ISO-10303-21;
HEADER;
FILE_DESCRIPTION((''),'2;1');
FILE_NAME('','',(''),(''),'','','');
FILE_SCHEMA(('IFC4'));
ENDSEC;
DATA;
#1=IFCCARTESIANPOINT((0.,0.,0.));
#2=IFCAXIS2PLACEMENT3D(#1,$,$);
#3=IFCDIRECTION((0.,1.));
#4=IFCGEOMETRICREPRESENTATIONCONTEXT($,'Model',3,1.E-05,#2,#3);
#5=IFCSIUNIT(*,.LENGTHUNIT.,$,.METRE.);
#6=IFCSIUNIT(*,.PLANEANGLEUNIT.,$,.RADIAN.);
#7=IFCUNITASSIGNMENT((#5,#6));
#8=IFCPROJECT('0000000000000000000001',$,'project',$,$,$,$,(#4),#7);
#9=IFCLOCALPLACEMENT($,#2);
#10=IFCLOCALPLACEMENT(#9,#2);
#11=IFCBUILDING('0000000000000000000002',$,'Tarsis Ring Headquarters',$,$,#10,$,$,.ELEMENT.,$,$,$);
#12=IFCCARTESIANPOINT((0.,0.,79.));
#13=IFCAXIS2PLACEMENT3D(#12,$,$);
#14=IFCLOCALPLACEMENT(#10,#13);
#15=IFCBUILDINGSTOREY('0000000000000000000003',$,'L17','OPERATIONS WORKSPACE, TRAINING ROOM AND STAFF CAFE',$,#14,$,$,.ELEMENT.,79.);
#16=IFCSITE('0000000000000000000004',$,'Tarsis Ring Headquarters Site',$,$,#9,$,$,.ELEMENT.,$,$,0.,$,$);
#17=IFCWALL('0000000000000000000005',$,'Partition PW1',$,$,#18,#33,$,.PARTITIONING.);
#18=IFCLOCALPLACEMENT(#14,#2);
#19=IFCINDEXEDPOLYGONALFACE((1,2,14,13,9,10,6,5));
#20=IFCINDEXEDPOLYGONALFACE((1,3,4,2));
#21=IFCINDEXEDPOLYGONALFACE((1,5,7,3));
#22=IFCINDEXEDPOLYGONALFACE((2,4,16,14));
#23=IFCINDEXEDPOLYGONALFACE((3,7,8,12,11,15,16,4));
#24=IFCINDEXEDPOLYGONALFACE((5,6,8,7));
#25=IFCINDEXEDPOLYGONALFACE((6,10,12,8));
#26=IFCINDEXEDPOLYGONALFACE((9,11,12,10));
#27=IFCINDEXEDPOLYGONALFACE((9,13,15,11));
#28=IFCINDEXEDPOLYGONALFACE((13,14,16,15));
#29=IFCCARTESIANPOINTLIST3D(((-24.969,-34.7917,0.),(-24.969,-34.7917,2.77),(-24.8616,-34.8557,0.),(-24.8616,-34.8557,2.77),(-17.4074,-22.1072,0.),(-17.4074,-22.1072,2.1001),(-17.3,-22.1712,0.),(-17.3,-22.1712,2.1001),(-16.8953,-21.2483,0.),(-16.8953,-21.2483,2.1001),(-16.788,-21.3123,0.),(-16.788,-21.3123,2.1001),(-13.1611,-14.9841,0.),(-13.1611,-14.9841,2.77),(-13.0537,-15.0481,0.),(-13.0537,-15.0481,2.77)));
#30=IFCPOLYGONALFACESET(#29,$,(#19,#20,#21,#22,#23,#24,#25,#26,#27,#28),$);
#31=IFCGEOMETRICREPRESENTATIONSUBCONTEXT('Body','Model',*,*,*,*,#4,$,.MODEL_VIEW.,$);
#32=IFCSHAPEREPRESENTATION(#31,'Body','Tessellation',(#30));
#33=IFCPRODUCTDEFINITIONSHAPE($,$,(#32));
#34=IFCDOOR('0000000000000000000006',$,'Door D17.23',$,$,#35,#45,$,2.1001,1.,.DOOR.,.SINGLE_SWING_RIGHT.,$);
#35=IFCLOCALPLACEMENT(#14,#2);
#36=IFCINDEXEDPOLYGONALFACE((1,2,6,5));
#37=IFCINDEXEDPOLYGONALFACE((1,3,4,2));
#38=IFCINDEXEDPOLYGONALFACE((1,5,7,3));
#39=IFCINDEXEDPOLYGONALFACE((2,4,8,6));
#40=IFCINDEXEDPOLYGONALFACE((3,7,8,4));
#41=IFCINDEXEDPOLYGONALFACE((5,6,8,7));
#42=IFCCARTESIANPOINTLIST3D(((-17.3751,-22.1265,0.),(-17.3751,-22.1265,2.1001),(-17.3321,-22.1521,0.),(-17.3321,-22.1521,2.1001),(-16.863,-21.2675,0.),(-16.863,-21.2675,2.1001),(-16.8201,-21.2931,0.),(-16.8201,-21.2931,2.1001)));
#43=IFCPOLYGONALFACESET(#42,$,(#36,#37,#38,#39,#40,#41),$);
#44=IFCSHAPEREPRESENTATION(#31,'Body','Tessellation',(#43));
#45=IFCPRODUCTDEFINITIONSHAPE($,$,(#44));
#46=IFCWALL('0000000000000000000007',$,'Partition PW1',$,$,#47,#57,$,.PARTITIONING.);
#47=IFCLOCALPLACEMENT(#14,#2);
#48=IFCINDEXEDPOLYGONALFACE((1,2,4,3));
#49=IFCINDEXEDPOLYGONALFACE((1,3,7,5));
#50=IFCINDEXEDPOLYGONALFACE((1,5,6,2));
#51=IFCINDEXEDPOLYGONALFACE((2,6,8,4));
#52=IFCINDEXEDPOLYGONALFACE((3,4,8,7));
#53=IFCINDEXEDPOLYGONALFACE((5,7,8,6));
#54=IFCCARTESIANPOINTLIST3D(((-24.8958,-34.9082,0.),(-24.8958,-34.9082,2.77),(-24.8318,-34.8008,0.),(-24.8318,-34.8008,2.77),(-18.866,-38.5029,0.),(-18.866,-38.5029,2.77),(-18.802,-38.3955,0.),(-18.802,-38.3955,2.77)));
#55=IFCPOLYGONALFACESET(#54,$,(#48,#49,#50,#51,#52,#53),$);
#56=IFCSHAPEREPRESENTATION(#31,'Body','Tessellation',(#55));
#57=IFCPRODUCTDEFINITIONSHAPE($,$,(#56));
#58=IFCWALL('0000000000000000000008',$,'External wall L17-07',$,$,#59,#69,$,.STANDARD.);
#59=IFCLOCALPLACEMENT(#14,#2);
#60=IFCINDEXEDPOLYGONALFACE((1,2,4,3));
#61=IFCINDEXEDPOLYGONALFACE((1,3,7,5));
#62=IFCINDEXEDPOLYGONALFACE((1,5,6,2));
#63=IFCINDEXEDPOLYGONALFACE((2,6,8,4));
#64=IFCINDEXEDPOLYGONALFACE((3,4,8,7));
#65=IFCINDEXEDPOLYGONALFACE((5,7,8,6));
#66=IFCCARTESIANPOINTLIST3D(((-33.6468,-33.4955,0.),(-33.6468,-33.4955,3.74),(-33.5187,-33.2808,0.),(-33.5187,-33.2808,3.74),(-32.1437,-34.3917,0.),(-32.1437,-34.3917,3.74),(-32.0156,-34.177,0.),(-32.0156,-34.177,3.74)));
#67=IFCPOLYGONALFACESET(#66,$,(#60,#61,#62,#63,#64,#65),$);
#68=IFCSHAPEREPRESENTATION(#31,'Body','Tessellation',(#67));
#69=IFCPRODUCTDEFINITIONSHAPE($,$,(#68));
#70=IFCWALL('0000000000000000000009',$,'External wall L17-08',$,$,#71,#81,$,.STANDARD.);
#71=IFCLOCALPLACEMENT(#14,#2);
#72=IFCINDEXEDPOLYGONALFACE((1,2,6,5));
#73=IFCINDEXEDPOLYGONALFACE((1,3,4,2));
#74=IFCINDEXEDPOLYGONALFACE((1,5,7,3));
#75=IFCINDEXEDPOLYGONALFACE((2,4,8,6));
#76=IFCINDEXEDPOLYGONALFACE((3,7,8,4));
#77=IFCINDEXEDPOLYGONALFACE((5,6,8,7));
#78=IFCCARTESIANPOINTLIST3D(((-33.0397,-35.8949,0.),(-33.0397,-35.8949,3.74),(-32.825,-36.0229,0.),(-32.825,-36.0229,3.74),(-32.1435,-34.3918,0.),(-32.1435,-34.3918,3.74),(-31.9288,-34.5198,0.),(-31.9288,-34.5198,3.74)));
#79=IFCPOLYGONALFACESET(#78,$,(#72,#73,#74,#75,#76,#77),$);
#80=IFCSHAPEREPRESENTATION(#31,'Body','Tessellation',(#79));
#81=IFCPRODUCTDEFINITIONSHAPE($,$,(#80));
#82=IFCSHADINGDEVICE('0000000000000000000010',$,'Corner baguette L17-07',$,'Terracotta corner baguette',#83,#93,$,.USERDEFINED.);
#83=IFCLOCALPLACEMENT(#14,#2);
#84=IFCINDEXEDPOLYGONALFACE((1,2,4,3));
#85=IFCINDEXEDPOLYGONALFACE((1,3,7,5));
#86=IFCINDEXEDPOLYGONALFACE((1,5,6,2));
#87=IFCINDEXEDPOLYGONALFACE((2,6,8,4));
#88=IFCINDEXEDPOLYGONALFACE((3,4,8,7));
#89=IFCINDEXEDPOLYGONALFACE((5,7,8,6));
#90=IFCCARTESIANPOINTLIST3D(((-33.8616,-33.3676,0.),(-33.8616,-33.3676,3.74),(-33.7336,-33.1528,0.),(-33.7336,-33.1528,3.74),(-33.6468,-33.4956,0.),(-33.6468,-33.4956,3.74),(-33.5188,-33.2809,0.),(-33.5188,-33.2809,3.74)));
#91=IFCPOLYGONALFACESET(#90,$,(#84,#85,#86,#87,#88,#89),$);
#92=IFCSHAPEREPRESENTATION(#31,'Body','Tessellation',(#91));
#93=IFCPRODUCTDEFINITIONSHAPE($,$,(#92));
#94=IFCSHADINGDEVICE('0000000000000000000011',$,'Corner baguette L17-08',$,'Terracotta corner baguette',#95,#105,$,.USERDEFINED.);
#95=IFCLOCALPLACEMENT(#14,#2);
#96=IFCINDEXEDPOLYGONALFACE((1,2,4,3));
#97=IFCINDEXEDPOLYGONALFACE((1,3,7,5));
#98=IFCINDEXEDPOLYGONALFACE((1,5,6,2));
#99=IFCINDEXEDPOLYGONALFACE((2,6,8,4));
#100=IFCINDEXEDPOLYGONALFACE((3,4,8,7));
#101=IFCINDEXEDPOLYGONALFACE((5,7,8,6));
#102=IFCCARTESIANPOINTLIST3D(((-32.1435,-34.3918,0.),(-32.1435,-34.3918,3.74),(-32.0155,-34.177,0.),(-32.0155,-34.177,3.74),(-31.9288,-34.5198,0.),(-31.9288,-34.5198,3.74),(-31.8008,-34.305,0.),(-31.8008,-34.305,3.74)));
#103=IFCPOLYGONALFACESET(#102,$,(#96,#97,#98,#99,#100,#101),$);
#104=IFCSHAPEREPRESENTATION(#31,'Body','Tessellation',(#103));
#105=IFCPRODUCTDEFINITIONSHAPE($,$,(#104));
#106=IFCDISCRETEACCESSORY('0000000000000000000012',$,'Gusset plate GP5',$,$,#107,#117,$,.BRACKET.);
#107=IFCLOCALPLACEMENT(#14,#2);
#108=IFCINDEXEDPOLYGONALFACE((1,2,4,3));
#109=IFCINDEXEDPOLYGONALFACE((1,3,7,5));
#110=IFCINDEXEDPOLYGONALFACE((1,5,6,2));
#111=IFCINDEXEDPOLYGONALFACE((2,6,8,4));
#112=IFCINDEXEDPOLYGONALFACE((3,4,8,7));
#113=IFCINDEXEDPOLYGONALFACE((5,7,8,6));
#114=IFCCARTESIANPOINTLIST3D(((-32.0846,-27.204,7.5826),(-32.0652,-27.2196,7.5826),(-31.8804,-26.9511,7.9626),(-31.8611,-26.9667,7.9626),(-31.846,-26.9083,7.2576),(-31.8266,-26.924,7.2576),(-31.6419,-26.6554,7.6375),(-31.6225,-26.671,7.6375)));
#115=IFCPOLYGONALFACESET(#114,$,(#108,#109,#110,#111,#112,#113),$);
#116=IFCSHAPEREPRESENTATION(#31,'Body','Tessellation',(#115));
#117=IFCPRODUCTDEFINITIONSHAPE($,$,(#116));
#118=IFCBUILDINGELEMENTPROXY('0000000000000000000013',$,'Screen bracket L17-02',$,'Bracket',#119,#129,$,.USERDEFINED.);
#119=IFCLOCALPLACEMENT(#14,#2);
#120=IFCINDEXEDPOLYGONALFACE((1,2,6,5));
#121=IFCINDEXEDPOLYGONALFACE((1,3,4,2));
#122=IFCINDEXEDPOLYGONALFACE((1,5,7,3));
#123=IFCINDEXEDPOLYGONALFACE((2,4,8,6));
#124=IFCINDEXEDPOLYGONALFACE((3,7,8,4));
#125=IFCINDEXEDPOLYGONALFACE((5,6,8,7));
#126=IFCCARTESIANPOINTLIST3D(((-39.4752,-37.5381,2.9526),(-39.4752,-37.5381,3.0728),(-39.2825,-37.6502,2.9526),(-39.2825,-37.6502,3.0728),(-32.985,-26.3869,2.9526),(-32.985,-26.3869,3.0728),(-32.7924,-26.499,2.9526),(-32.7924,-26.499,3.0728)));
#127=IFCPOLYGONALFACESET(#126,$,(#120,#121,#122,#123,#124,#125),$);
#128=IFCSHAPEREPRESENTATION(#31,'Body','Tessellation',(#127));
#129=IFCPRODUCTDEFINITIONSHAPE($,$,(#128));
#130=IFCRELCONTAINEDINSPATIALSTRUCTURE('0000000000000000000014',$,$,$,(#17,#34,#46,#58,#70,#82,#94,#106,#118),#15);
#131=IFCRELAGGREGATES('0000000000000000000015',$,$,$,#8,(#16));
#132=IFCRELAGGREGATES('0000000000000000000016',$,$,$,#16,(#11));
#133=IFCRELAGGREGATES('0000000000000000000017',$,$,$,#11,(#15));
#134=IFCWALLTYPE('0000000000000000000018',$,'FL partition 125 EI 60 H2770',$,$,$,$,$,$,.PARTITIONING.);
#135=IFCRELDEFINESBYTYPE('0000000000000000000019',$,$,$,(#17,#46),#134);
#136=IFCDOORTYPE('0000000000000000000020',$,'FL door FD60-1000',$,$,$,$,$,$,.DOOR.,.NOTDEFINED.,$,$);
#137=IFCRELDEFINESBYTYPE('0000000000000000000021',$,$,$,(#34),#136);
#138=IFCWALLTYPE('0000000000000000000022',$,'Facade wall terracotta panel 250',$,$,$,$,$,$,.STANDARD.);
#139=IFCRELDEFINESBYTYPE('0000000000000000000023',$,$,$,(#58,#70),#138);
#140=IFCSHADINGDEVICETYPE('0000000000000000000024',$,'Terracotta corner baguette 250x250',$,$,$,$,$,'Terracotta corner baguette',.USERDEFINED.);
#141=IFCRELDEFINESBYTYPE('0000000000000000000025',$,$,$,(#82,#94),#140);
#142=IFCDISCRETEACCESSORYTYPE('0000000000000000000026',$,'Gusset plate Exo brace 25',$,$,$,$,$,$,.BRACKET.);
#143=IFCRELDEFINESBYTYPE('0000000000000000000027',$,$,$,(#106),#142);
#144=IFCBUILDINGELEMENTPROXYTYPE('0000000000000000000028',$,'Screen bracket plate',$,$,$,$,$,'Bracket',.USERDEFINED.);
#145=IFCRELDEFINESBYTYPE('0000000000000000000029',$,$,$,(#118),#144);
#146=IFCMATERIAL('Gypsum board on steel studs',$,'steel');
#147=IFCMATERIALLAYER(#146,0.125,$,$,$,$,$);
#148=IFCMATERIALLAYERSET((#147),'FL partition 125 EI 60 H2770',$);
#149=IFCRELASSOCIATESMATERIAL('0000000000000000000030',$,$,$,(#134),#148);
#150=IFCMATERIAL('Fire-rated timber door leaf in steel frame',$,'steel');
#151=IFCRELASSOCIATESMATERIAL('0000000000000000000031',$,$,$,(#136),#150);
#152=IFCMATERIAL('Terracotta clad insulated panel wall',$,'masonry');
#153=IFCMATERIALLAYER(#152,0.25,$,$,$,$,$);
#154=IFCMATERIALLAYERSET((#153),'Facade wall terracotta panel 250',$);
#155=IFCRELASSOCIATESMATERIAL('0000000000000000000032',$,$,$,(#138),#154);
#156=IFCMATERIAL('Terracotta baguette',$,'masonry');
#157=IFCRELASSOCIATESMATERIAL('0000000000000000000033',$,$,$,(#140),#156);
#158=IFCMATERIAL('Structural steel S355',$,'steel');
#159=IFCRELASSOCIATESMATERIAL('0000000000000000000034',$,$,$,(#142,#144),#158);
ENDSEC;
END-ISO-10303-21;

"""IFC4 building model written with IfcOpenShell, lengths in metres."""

from ifc_helpers import new_model, si_unit, direction, frame, frame_2d, origin, origin_2d, place, context, subcontext, project, spatial, rectangle, extrude, material, layer, layer_set, material_profile, profile_set, type_object, element, fill, save


model = new_model("IFC4")

# Units and contexts
model_context = context("Model", 3, precision=1e-05, world=origin(), true_north=direction((0.0, 1.0)))
body_context = subcontext(model_context, "Body", "Model", "MODEL_VIEW")
ifc_project = project(units=[si_unit("LENGTHUNIT", "METRE"), si_unit("PLANEANGLEUNIT", "RADIAN")], contexts=[model_context])

# Site, building, storey
site_placement = place(None, origin())
site = spatial("IfcSite", under=ifc_project, at=site_placement, Name="Tarsis Ring Headquarters Site", CompositionType="ELEMENT", RefElevation=0.0)
building_placement = place(site_placement, origin())
building = spatial("IfcBuilding", under=site, at=building_placement, Name="Tarsis Ring Headquarters", CompositionType="ELEMENT")
storey_placement = place(building_placement, frame((0.0, 0.0, 79.0)))
storey = spatial("IfcBuildingStorey", under=building, at=storey_placement, Name="L17", Description="OPERATIONS WORKSPACE, TRAINING ROOM AND STAFF CAFE", CompositionType="ELEMENT", Elevation=79.0)

# Shared definitions
ifc_material_1 = material(Name="Structural steel S355", Category="steel")

# Shared definitions
ifc_material_2 = material(Name="Gypsum board on steel studs", Category="steel")

# Wall, opening, door
ifc_layer_1 = layer(ifc_material_2, 0.125)
ifc_layer_set_1 = layer_set([ifc_layer_1], Name="FL partition 125 EI 60 H2770")
wall_type_1 = type_object("IfcWallType", Name="FL partition 125 EI 60 H2770", PredefinedType="PARTITIONING", material=ifc_layer_set_1)
wall_1_placement = place(storey_placement, frame((-24.9153, -34.8237, 0.0), z_axis=(0.0, 0.0, 1.0), x_axis=(0.512048, 0.858957, 0.0)))
wall_1 = element("IfcWall", 1, at=wall_1_placement, inside=storey, type_object=wall_type_1, Name="Partition PW1", PredefinedType="PARTITIONING", context=body_context, shape_type="SweptSolid", body=[
    extrude(rectangle(XDim=23.0601, YDim=0.125, at=frame_2d((11.53, 0.0))), origin(), (0.0, 0.0, 1.0), 2.77),
])
opening_placement = place(wall_1_placement, frame((14.7673, 0.0, 0.0)))
opening = element("IfcOpeningElement", 2, at=opening_placement, cuts=wall_1, PredefinedType="OPENING", context=body_context, shape_type="SweptSolid", body=[
    extrude(rectangle(XDim=1.0, YDim=2.1001, at=frame_2d((0.5, 1.05))), frame((0.0, 0.0725, 0.0), z_axis=(0.0, -1.0, 0.0), x_axis=(1.0, 0.0, 0.0)), (0.0, 0.0, 1.0), 0.145),
])
ifc_material_3 = material(Name="Fire-rated timber door leaf in steel frame", Category="steel")
door_type = type_object("IfcDoorType", Name="FL door FD60-1000", OperationType="NOTDEFINED", PredefinedType="DOOR", material=ifc_material_3)
door_placement = place(opening_placement, origin())
door = element("IfcDoor", 3, at=door_placement, inside=storey, type_object=door_type, Name="Door D17.23", OperationType="SINGLE_SWING_RIGHT", OverallHeight=2.1001, OverallWidth=1.0, PredefinedType="DOOR", context=body_context, shape_type="SweptSolid", body=[
    extrude(rectangle(XDim=1.0, YDim=2.1001, at=frame_2d((0.5, 1.05))), frame((0.0, 0.0249, 0.0), z_axis=(0.0, -1.0, 0.0), x_axis=(1.0, 0.0, 0.0)), (0.0, 0.0, 1.0), 0.05),
])
fill(opening, door)

# Walls
wall_2_placement = place(storey_placement, frame((-24.8638, -34.8545, 0.0), z_axis=(0.0, 0.0, 1.0), x_axis=(0.858944, -0.512069, 0.0)))
element("IfcWall", 4, at=wall_2_placement, inside=storey, type_object=wall_type_1, Name="Partition PW1", PredefinedType="PARTITIONING", context=body_context, shape_type="SweptSolid", body=[
    extrude(rectangle(XDim=7.02, YDim=0.125, at=frame_2d((3.51, 0.0))), origin(), (0.0, 0.0, 1.0), 2.77),
])
ifc_material_4 = material(Name="Terracotta clad insulated panel wall", Category="masonry")
ifc_layer_2 = layer(ifc_material_4, 0.25)
ifc_layer_set_2 = layer_set([ifc_layer_2], Name="Facade wall terracotta panel 250")
wall_type_2 = type_object("IfcWallType", Name="Facade wall terracotta panel 250", PredefinedType="STANDARD", material=ifc_layer_set_2)
for number, where, z_axis, x_axis, name in (
    (5, (-33.5828, -33.3882, 0.0), (0.0, 0.0, 1.0), (0.858917, -0.512114, 0.0), "External wall L17-07"),
    (6, (-32.0361, -34.4558, 0.0), (0.0, 0.0, 1.0), (-0.512114, -0.858917, 0.0), "External wall L17-08"),
):
    element("IfcWall", number, at=place(storey_placement, frame(where, z_axis=z_axis, x_axis=x_axis)), inside=storey, type_object=wall_type_2, Name=name, PredefinedType="STANDARD", context=body_context, shape_type="SweptSolid", body=[
        extrude(rectangle(XDim=1.75, YDim=0.25, at=frame_2d((0.875, 0.0))), origin(), (0.0, 0.0, 1.0), 3.74),
    ])

# Shading devices
ifc_material_5 = material(Name="Terracotta baguette", Category="masonry")
shading_device_type_1 = type_object("IfcShadingDeviceType", Name="Terracotta corner baguette 250x250", ElementType="Terracotta corner baguette", PredefinedType="USERDEFINED", material=ifc_material_5)
for number, where, z_axis, x_axis, name in (
    (7, (-33.6902, -33.3242, 0.0), (0.0, 0.0, 1.0), (-0.512043, -0.85896, 0.0), "Corner baguette L17-07"),
    (8, (-31.9722, -34.3484, 0.0), (0.0, 0.0, 1.0), (0.85896, -0.512043, 0.0), "Corner baguette L17-08"),
):
    element("IfcShadingDevice", number, at=place(storey_placement, frame(where, z_axis=z_axis, x_axis=x_axis)), inside=storey, type_object=shading_device_type_1, Name=name, ObjectType="Terracotta corner baguette", PredefinedType="USERDEFINED", context=body_context, shape_type="SweptSolid", body=[
        extrude(rectangle(XDim=0.25, YDim=0.25, at=origin_2d()), origin(), (0.0, 0.0, 1.0), 3.74),
    ])

# Discrete accessory
ifc_material_profile_1 = material_profile(ifc_material_1, rectangle(XDim=0.0249, YDim=0.5, at=origin_2d()), Name="PL 25x500")
ifc_profile_set_1 = profile_set([ifc_material_profile_1], Name="Structural steel S355")
discrete_accessory_type = type_object("IfcDiscreteAccessoryType", Name="Gusset plate Exo brace 25", PredefinedType="BRACKET", material=ifc_profile_set_1)
discrete_accessory_placement = place(storey_placement, frame((-31.7515, -26.811, 7.8), z_axis=(-0.408251, -0.505918, -0.759854), x_axis=(0.778224, -0.627987, 0.0)))
element("IfcDiscreteAccessory", 9, at=discrete_accessory_placement, inside=storey, type_object=discrete_accessory_type, Name="Gusset plate GP5", PredefinedType="BRACKET", context=body_context, shape_type="SweptSolid", body=[
    extrude(rectangle(XDim=0.0249, YDim=0.5, at=origin_2d()), origin(), (0.0, 0.0, 1.0), 0.5),
])

# Building element proxy
building_element_proxy_type = type_object("IfcBuildingElementProxyType", Name="Screen bracket plate", ElementType="Bracket", PredefinedType="USERDEFINED", material=ifc_material_1)
proxy_placement = place(storey_placement, frame((-36.1338, -32.0186, 2.9526), z_axis=(0.0, 0.0, 1.0), x_axis=(-0.50302, -0.864275, 0.0)))
element("IfcBuildingElementProxy", 10, at=proxy_placement, inside=storey, type_object=building_element_proxy_type, Name="Screen bracket L17-02", ObjectType="Bracket", PredefinedType="USERDEFINED", context=body_context, shape_type="SweptSolid", body=[
    extrude(rectangle(XDim=12.9023, YDim=0.2229, at=origin_2d()), origin(), (0.0, 0.0, 1.0), 0.1201),
])

save(model, "model.ifc")
